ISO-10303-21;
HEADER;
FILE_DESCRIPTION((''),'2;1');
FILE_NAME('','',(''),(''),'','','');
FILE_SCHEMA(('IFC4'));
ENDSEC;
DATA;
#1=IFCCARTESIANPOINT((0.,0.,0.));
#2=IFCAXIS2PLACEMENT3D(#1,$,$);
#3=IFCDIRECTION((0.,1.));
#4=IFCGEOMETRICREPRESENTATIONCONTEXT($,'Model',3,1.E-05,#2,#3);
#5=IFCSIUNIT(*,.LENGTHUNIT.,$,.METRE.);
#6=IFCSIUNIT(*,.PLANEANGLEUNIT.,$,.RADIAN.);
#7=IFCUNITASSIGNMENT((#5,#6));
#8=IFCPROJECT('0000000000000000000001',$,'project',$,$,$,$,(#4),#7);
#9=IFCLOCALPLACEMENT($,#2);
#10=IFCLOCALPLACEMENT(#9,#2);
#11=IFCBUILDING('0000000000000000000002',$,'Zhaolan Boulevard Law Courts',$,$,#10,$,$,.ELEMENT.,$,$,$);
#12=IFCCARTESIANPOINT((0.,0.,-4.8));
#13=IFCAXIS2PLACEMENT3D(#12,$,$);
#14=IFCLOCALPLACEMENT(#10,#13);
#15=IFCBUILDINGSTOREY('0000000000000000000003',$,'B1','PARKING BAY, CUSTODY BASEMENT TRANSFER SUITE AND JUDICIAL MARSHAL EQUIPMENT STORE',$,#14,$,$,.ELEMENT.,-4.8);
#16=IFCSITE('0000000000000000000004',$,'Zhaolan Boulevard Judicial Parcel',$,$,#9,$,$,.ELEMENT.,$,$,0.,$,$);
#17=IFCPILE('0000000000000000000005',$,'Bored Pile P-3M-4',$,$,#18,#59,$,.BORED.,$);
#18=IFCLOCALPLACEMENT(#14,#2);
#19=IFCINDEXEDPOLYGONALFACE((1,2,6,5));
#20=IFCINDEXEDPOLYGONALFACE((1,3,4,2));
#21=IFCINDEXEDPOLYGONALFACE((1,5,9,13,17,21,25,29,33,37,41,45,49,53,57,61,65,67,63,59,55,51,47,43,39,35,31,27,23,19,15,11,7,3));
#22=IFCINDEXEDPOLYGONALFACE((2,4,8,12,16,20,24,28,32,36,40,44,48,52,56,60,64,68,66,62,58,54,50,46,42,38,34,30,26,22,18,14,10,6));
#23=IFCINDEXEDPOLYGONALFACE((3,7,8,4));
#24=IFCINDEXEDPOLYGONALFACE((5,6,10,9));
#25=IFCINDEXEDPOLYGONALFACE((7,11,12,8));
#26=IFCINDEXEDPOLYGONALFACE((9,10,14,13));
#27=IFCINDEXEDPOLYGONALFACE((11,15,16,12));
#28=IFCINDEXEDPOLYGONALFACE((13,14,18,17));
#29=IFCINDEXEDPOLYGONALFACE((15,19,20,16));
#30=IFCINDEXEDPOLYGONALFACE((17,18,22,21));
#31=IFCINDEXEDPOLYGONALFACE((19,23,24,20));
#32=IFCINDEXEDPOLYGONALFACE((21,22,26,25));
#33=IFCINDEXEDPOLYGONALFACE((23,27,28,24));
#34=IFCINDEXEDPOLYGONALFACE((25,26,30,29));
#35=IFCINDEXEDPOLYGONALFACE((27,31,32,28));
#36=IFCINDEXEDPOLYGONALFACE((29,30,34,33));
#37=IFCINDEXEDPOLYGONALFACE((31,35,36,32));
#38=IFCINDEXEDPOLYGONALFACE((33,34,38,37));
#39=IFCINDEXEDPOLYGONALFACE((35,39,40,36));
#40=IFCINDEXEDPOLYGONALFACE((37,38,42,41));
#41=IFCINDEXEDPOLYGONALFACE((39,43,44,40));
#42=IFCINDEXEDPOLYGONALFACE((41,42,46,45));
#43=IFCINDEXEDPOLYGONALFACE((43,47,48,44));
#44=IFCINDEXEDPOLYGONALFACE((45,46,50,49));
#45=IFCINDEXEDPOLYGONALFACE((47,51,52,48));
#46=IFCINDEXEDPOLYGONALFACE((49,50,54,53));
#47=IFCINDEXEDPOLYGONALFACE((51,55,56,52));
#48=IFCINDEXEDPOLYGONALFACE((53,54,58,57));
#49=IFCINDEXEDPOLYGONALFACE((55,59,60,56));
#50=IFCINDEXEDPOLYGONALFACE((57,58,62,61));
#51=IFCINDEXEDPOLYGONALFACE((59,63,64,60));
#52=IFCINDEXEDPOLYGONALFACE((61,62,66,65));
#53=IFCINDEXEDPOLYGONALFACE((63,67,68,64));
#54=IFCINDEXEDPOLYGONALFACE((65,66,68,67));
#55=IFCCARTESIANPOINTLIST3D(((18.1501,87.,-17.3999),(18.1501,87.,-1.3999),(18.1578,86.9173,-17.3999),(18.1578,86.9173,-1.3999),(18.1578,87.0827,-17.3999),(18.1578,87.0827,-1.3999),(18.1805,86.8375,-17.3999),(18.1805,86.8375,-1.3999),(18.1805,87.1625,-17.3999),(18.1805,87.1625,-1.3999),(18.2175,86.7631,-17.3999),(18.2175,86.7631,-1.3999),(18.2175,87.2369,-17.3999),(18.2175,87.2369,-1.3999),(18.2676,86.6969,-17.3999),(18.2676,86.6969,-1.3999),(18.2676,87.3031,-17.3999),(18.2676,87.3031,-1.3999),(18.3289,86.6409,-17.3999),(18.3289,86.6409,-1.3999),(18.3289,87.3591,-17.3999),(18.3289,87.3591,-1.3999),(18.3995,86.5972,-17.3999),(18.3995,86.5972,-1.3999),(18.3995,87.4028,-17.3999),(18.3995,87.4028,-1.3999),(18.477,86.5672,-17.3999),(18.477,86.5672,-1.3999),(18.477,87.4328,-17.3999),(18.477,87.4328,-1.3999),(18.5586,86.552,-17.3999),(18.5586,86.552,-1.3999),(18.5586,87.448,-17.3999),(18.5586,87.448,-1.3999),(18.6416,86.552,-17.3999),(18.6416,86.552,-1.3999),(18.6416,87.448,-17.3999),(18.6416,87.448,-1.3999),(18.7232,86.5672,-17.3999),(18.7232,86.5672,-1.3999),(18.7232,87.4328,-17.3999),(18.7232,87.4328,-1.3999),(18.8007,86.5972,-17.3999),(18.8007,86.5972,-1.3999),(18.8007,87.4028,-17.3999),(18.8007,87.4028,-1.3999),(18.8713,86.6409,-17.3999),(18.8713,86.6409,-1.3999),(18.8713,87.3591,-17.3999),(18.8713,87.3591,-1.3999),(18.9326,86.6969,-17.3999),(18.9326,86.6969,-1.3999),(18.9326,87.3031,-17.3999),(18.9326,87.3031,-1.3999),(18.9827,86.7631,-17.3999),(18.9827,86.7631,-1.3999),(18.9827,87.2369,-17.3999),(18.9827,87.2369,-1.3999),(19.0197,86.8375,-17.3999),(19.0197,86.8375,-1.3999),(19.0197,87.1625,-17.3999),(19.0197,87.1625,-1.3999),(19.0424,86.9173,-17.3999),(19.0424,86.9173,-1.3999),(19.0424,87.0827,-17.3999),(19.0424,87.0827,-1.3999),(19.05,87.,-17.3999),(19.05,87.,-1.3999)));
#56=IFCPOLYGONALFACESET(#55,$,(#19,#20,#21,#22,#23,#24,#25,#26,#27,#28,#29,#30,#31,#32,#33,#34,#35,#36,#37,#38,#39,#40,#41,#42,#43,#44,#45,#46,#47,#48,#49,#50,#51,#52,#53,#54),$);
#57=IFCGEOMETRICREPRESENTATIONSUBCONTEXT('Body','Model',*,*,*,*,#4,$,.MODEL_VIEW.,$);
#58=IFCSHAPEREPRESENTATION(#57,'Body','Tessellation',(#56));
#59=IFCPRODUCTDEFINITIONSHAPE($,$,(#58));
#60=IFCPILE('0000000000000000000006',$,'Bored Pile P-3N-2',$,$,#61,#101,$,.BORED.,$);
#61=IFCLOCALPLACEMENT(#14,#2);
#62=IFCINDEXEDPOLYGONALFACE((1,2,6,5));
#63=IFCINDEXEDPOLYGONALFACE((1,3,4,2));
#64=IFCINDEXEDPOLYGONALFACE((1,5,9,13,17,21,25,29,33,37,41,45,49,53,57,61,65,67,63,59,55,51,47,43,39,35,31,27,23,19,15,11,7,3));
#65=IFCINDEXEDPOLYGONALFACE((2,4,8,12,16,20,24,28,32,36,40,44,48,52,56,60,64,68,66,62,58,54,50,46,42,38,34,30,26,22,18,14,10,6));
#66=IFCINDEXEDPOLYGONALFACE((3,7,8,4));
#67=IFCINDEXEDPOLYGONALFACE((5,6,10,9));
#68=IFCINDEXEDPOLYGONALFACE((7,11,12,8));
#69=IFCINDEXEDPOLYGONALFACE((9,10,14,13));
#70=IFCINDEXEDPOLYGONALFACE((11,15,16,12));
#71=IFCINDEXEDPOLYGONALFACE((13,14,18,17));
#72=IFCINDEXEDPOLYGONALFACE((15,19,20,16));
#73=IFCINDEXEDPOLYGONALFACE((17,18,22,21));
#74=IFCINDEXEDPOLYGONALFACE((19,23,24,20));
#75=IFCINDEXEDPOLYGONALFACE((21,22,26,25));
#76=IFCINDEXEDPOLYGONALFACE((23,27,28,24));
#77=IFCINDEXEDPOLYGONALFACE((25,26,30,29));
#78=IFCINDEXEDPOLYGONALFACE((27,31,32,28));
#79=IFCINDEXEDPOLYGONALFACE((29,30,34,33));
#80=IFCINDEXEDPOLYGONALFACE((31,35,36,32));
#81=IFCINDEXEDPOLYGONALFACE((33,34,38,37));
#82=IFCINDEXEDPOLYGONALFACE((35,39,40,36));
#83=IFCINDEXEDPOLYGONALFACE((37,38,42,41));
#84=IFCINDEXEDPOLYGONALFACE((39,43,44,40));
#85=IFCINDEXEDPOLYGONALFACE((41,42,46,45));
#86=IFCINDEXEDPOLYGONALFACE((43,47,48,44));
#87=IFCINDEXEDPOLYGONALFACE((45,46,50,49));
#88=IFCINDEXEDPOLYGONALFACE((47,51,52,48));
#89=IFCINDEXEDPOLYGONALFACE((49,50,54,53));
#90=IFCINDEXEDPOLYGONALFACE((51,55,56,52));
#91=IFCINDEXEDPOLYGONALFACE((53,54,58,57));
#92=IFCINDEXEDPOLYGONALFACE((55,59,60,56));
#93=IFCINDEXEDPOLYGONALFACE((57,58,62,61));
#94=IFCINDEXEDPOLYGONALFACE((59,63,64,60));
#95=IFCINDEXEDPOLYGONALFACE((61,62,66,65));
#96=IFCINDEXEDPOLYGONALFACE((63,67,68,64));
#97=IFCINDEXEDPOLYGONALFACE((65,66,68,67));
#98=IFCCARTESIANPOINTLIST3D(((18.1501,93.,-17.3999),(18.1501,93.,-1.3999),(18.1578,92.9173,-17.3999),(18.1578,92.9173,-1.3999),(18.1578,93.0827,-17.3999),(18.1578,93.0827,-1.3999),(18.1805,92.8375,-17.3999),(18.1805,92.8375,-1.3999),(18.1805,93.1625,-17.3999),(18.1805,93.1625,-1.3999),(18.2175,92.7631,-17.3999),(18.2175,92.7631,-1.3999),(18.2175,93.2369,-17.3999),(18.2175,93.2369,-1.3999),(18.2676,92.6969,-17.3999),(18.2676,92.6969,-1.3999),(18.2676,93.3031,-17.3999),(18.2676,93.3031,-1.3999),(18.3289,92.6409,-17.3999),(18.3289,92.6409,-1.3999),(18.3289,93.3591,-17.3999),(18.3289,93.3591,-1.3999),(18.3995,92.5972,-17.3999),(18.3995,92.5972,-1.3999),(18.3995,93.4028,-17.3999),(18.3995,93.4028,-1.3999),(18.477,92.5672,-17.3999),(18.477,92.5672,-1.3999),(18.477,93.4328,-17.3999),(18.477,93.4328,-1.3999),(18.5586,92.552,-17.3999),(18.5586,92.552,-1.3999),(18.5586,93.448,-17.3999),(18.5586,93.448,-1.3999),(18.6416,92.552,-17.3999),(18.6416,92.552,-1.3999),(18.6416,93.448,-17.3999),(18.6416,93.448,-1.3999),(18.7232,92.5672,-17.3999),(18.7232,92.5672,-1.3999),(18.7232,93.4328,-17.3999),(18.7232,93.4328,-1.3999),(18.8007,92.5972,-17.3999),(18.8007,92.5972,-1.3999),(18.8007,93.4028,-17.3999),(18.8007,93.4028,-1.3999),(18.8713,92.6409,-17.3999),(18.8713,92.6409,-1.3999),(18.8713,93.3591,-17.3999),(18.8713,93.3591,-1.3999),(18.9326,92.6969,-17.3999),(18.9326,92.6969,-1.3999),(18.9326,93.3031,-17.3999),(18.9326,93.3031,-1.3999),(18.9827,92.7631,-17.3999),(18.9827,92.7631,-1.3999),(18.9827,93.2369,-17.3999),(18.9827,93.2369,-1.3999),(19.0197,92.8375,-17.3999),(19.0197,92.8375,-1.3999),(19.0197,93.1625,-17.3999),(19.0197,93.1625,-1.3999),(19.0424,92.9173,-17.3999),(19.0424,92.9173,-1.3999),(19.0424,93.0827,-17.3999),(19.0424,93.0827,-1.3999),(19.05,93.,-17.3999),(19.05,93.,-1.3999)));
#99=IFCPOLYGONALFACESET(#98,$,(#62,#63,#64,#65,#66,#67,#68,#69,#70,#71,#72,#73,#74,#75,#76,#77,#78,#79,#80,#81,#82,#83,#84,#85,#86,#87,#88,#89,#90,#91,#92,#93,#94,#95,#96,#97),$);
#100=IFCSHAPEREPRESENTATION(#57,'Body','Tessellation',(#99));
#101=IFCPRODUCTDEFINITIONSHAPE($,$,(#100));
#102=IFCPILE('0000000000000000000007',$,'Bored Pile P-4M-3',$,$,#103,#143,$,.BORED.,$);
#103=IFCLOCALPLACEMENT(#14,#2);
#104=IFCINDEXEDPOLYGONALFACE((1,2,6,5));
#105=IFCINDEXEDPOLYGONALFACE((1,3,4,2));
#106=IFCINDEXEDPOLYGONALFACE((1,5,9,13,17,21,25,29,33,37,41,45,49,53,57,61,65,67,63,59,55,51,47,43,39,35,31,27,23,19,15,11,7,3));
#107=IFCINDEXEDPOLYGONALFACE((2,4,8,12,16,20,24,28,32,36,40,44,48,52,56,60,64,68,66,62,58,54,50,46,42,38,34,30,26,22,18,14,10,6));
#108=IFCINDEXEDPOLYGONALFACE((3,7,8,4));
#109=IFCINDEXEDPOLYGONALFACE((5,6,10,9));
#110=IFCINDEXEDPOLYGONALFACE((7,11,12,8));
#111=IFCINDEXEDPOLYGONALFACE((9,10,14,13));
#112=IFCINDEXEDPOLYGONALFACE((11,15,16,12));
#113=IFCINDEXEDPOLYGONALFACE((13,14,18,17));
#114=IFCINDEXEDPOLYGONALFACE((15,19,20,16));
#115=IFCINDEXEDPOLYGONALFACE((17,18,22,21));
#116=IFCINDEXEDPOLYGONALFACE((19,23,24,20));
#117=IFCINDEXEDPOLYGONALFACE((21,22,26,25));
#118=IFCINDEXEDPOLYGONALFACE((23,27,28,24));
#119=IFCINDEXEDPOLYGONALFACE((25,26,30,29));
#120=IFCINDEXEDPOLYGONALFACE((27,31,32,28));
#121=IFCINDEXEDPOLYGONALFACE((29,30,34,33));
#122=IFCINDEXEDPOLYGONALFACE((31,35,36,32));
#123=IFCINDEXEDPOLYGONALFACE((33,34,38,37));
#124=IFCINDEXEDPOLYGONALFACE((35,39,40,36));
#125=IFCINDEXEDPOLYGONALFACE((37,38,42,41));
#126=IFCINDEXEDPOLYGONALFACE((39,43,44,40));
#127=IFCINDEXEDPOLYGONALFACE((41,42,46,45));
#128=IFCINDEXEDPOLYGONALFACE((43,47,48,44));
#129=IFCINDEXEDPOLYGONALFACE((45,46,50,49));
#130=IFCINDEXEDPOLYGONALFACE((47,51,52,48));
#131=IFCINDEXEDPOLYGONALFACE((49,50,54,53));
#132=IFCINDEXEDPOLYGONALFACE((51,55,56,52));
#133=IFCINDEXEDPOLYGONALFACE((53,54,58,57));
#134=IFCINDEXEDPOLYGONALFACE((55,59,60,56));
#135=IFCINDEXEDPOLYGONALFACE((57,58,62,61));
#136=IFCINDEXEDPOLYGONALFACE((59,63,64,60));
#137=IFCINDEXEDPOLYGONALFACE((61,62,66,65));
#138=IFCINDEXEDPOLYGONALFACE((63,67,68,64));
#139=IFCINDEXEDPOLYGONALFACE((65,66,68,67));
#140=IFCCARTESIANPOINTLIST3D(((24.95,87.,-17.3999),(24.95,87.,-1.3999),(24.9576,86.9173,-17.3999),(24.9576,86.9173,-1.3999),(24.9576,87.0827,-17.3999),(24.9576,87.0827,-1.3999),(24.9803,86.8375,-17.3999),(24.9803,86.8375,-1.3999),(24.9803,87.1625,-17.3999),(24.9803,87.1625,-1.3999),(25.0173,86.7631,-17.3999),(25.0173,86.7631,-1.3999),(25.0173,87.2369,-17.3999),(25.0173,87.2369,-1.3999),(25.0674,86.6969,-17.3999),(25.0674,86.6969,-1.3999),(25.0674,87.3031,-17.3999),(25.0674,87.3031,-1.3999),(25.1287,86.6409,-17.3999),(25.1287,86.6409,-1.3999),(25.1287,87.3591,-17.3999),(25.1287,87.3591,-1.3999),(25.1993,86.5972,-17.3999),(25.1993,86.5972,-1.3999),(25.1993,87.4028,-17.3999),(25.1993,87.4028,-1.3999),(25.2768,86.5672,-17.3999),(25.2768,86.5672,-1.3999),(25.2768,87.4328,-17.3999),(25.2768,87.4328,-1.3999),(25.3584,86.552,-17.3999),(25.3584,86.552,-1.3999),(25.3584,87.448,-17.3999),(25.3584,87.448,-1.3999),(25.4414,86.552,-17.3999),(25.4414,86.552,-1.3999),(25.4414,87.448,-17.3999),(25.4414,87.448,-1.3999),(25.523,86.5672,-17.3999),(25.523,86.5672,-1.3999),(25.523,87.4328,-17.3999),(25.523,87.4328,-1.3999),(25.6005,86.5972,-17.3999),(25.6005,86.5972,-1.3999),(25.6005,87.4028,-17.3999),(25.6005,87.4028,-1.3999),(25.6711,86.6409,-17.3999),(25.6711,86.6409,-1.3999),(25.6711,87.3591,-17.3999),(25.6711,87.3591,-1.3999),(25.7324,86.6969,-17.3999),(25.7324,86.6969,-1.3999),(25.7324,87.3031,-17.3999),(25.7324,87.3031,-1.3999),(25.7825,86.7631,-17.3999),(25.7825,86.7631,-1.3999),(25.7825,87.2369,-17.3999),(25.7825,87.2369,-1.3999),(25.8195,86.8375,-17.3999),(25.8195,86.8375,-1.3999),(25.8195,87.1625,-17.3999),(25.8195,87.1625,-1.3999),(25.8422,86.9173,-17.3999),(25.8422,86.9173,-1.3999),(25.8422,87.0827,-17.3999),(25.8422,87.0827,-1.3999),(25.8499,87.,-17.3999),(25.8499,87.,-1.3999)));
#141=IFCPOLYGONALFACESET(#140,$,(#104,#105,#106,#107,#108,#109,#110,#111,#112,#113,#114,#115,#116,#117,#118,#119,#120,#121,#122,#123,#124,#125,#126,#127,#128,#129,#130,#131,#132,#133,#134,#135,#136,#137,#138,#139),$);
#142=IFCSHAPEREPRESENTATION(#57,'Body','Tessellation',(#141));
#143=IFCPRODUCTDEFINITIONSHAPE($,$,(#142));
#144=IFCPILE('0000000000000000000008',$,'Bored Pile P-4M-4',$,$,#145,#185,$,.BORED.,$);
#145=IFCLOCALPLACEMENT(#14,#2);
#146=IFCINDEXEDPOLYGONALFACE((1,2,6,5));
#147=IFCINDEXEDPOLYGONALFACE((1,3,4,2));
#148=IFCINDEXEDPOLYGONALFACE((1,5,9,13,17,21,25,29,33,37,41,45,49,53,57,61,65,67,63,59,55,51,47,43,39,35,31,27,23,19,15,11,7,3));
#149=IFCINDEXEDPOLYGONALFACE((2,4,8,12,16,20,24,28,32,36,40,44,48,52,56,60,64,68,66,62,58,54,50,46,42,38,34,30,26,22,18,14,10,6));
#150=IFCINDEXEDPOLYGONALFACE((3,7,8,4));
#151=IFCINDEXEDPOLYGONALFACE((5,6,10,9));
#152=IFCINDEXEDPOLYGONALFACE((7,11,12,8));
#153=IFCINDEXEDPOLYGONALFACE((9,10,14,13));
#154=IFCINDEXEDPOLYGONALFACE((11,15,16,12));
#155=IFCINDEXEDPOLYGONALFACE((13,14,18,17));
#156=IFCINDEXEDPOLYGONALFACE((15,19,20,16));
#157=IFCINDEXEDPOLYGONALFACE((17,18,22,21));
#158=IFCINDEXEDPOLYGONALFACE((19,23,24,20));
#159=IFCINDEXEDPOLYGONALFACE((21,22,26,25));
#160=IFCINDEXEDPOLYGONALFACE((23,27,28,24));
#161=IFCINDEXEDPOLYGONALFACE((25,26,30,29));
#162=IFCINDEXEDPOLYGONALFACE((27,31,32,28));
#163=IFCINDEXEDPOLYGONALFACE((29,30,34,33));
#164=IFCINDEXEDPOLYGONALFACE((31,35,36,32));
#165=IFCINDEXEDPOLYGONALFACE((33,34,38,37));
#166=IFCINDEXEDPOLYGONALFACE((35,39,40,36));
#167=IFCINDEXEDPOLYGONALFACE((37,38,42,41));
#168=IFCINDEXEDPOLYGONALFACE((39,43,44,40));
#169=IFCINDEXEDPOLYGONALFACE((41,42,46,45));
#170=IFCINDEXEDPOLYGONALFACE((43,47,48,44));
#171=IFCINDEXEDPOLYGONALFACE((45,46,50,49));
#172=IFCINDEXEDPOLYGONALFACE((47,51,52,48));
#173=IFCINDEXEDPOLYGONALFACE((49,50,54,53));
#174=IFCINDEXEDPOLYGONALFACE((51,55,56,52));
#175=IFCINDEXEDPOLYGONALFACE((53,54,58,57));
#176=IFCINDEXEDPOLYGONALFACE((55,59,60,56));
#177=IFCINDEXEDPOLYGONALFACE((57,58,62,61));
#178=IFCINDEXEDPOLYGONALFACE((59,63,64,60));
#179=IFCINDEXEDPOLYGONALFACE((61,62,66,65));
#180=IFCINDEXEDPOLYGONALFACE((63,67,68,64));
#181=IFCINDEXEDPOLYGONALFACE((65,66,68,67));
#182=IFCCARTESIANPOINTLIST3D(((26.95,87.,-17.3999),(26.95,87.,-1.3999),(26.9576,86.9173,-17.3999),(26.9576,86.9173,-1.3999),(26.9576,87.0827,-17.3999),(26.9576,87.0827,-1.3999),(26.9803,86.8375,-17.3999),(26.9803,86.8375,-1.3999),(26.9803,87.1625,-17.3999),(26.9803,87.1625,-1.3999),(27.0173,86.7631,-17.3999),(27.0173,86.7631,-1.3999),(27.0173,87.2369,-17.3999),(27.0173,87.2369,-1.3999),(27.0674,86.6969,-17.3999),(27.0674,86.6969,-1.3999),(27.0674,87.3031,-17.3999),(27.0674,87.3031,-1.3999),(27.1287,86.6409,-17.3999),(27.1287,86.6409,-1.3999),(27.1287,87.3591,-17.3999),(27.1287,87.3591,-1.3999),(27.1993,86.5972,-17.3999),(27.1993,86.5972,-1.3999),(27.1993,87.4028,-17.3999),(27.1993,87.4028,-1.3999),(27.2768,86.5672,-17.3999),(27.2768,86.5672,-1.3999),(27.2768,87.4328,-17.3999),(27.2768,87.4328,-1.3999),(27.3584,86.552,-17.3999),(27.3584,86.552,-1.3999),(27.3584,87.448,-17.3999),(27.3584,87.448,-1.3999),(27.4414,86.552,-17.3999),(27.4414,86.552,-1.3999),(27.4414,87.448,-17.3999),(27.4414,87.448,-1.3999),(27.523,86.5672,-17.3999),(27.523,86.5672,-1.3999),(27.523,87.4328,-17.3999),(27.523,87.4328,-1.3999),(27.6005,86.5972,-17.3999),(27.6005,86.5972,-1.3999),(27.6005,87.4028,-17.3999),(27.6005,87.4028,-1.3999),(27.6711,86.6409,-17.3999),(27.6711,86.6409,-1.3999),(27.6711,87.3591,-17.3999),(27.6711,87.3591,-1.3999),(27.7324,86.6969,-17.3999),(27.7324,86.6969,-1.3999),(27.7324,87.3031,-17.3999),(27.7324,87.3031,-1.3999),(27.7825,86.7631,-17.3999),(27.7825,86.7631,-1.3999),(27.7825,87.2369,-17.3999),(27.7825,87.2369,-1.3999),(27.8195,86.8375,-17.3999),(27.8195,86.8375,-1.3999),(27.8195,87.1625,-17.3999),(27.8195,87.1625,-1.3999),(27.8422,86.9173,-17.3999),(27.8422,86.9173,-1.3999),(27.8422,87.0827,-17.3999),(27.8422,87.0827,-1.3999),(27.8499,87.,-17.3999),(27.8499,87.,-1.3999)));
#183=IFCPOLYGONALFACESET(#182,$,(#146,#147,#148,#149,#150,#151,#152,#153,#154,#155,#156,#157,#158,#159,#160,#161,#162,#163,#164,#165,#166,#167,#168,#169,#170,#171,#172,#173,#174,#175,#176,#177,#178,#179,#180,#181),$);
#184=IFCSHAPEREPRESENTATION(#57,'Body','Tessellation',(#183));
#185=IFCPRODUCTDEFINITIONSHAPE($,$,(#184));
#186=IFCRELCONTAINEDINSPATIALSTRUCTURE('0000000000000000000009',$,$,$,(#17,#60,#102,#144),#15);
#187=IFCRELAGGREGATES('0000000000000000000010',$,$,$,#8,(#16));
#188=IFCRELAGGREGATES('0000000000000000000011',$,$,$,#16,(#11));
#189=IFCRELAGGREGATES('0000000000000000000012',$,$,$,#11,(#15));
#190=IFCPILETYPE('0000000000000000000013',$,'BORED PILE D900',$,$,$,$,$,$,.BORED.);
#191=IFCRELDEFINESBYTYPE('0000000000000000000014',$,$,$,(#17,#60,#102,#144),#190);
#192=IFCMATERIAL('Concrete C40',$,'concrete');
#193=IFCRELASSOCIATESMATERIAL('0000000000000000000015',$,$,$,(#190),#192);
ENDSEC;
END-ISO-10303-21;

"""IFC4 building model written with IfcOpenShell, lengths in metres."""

from ifc_helpers import new_model, si_unit, direction, frame, origin, origin_2d, place, context, subcontext, project, spatial, circle, extrude, material, material_profile, profile_set, type_object, element, save


model = new_model("IFC4")

# Units and contexts
model_context = context("Model", 3, precision=1e-05, world=origin(), true_north=direction((0.0, 1.0)))
body_context = subcontext(model_context, "Body", "Model", "MODEL_VIEW")
ifc_project = project(units=[si_unit("LENGTHUNIT", "METRE"), si_unit("PLANEANGLEUNIT", "RADIAN")], contexts=[model_context])

# Site, building, storey
site_placement = place(None, origin())
site = spatial("IfcSite", under=ifc_project, at=site_placement, Name="Zhaolan Boulevard Judicial Parcel", CompositionType="ELEMENT", RefElevation=0.0)
building_placement = place(site_placement, origin())
building = spatial("IfcBuilding", under=site, at=building_placement, Name="Zhaolan Boulevard Law Courts", CompositionType="ELEMENT")
storey_placement = place(building_placement, frame((0.0, 0.0, -4.8)))
storey = spatial("IfcBuildingStorey", under=building, at=storey_placement, Name="B1", Description="PARKING BAY, CUSTODY BASEMENT TRANSFER SUITE AND JUDICIAL MARSHAL EQUIPMENT STORE", CompositionType="ELEMENT", Elevation=-4.8)

# Piles
ifc_material_1 = material(Name="Concrete C40", Category="concrete")
ifc_material_profile_1 = material_profile(ifc_material_1, circle(Radius=0.45, at=origin_2d()), Name="PILE-D900")
ifc_profile_set_1 = profile_set([ifc_material_profile_1], Name="Concrete C40")
pile_type = type_object("IfcPileType", Name="BORED PILE D900", PredefinedType="BORED", material=ifc_profile_set_1)
for number, where, z_axis, x_axis, name in (
    (1, (18.6001, 87.0, -1.3999), (0.0, 0.0, -1.0), (1.0, 0.0, 0.0), "Bored Pile P-3M-4"),
    (2, (18.6001, 93.0, -1.3999), (0.0, 0.0, -1.0), (1.0, 0.0, 0.0), "Bored Pile P-3N-2"),
    (3, (25.3999, 87.0, -1.3999), (0.0, 0.0, -1.0), (1.0, 0.0, 0.0), "Bored Pile P-4M-3"),
    (4, (27.3999, 87.0, -1.3999), (0.0, 0.0, -1.0), (1.0, 0.0, 0.0), "Bored Pile P-4M-4"),
):
    element("IfcPile", number, at=place(storey_placement, frame(where, z_axis=z_axis, x_axis=x_axis)), inside=storey, type_object=pile_type, Name=name, PredefinedType="BORED", context=body_context, shape_type="SweptSolid", body=[
        extrude(circle(Radius=0.45, at=origin_2d()), origin(), (0.0, 0.0, 1.0), 16.0),
    ])

save(model, "model.ifc")
